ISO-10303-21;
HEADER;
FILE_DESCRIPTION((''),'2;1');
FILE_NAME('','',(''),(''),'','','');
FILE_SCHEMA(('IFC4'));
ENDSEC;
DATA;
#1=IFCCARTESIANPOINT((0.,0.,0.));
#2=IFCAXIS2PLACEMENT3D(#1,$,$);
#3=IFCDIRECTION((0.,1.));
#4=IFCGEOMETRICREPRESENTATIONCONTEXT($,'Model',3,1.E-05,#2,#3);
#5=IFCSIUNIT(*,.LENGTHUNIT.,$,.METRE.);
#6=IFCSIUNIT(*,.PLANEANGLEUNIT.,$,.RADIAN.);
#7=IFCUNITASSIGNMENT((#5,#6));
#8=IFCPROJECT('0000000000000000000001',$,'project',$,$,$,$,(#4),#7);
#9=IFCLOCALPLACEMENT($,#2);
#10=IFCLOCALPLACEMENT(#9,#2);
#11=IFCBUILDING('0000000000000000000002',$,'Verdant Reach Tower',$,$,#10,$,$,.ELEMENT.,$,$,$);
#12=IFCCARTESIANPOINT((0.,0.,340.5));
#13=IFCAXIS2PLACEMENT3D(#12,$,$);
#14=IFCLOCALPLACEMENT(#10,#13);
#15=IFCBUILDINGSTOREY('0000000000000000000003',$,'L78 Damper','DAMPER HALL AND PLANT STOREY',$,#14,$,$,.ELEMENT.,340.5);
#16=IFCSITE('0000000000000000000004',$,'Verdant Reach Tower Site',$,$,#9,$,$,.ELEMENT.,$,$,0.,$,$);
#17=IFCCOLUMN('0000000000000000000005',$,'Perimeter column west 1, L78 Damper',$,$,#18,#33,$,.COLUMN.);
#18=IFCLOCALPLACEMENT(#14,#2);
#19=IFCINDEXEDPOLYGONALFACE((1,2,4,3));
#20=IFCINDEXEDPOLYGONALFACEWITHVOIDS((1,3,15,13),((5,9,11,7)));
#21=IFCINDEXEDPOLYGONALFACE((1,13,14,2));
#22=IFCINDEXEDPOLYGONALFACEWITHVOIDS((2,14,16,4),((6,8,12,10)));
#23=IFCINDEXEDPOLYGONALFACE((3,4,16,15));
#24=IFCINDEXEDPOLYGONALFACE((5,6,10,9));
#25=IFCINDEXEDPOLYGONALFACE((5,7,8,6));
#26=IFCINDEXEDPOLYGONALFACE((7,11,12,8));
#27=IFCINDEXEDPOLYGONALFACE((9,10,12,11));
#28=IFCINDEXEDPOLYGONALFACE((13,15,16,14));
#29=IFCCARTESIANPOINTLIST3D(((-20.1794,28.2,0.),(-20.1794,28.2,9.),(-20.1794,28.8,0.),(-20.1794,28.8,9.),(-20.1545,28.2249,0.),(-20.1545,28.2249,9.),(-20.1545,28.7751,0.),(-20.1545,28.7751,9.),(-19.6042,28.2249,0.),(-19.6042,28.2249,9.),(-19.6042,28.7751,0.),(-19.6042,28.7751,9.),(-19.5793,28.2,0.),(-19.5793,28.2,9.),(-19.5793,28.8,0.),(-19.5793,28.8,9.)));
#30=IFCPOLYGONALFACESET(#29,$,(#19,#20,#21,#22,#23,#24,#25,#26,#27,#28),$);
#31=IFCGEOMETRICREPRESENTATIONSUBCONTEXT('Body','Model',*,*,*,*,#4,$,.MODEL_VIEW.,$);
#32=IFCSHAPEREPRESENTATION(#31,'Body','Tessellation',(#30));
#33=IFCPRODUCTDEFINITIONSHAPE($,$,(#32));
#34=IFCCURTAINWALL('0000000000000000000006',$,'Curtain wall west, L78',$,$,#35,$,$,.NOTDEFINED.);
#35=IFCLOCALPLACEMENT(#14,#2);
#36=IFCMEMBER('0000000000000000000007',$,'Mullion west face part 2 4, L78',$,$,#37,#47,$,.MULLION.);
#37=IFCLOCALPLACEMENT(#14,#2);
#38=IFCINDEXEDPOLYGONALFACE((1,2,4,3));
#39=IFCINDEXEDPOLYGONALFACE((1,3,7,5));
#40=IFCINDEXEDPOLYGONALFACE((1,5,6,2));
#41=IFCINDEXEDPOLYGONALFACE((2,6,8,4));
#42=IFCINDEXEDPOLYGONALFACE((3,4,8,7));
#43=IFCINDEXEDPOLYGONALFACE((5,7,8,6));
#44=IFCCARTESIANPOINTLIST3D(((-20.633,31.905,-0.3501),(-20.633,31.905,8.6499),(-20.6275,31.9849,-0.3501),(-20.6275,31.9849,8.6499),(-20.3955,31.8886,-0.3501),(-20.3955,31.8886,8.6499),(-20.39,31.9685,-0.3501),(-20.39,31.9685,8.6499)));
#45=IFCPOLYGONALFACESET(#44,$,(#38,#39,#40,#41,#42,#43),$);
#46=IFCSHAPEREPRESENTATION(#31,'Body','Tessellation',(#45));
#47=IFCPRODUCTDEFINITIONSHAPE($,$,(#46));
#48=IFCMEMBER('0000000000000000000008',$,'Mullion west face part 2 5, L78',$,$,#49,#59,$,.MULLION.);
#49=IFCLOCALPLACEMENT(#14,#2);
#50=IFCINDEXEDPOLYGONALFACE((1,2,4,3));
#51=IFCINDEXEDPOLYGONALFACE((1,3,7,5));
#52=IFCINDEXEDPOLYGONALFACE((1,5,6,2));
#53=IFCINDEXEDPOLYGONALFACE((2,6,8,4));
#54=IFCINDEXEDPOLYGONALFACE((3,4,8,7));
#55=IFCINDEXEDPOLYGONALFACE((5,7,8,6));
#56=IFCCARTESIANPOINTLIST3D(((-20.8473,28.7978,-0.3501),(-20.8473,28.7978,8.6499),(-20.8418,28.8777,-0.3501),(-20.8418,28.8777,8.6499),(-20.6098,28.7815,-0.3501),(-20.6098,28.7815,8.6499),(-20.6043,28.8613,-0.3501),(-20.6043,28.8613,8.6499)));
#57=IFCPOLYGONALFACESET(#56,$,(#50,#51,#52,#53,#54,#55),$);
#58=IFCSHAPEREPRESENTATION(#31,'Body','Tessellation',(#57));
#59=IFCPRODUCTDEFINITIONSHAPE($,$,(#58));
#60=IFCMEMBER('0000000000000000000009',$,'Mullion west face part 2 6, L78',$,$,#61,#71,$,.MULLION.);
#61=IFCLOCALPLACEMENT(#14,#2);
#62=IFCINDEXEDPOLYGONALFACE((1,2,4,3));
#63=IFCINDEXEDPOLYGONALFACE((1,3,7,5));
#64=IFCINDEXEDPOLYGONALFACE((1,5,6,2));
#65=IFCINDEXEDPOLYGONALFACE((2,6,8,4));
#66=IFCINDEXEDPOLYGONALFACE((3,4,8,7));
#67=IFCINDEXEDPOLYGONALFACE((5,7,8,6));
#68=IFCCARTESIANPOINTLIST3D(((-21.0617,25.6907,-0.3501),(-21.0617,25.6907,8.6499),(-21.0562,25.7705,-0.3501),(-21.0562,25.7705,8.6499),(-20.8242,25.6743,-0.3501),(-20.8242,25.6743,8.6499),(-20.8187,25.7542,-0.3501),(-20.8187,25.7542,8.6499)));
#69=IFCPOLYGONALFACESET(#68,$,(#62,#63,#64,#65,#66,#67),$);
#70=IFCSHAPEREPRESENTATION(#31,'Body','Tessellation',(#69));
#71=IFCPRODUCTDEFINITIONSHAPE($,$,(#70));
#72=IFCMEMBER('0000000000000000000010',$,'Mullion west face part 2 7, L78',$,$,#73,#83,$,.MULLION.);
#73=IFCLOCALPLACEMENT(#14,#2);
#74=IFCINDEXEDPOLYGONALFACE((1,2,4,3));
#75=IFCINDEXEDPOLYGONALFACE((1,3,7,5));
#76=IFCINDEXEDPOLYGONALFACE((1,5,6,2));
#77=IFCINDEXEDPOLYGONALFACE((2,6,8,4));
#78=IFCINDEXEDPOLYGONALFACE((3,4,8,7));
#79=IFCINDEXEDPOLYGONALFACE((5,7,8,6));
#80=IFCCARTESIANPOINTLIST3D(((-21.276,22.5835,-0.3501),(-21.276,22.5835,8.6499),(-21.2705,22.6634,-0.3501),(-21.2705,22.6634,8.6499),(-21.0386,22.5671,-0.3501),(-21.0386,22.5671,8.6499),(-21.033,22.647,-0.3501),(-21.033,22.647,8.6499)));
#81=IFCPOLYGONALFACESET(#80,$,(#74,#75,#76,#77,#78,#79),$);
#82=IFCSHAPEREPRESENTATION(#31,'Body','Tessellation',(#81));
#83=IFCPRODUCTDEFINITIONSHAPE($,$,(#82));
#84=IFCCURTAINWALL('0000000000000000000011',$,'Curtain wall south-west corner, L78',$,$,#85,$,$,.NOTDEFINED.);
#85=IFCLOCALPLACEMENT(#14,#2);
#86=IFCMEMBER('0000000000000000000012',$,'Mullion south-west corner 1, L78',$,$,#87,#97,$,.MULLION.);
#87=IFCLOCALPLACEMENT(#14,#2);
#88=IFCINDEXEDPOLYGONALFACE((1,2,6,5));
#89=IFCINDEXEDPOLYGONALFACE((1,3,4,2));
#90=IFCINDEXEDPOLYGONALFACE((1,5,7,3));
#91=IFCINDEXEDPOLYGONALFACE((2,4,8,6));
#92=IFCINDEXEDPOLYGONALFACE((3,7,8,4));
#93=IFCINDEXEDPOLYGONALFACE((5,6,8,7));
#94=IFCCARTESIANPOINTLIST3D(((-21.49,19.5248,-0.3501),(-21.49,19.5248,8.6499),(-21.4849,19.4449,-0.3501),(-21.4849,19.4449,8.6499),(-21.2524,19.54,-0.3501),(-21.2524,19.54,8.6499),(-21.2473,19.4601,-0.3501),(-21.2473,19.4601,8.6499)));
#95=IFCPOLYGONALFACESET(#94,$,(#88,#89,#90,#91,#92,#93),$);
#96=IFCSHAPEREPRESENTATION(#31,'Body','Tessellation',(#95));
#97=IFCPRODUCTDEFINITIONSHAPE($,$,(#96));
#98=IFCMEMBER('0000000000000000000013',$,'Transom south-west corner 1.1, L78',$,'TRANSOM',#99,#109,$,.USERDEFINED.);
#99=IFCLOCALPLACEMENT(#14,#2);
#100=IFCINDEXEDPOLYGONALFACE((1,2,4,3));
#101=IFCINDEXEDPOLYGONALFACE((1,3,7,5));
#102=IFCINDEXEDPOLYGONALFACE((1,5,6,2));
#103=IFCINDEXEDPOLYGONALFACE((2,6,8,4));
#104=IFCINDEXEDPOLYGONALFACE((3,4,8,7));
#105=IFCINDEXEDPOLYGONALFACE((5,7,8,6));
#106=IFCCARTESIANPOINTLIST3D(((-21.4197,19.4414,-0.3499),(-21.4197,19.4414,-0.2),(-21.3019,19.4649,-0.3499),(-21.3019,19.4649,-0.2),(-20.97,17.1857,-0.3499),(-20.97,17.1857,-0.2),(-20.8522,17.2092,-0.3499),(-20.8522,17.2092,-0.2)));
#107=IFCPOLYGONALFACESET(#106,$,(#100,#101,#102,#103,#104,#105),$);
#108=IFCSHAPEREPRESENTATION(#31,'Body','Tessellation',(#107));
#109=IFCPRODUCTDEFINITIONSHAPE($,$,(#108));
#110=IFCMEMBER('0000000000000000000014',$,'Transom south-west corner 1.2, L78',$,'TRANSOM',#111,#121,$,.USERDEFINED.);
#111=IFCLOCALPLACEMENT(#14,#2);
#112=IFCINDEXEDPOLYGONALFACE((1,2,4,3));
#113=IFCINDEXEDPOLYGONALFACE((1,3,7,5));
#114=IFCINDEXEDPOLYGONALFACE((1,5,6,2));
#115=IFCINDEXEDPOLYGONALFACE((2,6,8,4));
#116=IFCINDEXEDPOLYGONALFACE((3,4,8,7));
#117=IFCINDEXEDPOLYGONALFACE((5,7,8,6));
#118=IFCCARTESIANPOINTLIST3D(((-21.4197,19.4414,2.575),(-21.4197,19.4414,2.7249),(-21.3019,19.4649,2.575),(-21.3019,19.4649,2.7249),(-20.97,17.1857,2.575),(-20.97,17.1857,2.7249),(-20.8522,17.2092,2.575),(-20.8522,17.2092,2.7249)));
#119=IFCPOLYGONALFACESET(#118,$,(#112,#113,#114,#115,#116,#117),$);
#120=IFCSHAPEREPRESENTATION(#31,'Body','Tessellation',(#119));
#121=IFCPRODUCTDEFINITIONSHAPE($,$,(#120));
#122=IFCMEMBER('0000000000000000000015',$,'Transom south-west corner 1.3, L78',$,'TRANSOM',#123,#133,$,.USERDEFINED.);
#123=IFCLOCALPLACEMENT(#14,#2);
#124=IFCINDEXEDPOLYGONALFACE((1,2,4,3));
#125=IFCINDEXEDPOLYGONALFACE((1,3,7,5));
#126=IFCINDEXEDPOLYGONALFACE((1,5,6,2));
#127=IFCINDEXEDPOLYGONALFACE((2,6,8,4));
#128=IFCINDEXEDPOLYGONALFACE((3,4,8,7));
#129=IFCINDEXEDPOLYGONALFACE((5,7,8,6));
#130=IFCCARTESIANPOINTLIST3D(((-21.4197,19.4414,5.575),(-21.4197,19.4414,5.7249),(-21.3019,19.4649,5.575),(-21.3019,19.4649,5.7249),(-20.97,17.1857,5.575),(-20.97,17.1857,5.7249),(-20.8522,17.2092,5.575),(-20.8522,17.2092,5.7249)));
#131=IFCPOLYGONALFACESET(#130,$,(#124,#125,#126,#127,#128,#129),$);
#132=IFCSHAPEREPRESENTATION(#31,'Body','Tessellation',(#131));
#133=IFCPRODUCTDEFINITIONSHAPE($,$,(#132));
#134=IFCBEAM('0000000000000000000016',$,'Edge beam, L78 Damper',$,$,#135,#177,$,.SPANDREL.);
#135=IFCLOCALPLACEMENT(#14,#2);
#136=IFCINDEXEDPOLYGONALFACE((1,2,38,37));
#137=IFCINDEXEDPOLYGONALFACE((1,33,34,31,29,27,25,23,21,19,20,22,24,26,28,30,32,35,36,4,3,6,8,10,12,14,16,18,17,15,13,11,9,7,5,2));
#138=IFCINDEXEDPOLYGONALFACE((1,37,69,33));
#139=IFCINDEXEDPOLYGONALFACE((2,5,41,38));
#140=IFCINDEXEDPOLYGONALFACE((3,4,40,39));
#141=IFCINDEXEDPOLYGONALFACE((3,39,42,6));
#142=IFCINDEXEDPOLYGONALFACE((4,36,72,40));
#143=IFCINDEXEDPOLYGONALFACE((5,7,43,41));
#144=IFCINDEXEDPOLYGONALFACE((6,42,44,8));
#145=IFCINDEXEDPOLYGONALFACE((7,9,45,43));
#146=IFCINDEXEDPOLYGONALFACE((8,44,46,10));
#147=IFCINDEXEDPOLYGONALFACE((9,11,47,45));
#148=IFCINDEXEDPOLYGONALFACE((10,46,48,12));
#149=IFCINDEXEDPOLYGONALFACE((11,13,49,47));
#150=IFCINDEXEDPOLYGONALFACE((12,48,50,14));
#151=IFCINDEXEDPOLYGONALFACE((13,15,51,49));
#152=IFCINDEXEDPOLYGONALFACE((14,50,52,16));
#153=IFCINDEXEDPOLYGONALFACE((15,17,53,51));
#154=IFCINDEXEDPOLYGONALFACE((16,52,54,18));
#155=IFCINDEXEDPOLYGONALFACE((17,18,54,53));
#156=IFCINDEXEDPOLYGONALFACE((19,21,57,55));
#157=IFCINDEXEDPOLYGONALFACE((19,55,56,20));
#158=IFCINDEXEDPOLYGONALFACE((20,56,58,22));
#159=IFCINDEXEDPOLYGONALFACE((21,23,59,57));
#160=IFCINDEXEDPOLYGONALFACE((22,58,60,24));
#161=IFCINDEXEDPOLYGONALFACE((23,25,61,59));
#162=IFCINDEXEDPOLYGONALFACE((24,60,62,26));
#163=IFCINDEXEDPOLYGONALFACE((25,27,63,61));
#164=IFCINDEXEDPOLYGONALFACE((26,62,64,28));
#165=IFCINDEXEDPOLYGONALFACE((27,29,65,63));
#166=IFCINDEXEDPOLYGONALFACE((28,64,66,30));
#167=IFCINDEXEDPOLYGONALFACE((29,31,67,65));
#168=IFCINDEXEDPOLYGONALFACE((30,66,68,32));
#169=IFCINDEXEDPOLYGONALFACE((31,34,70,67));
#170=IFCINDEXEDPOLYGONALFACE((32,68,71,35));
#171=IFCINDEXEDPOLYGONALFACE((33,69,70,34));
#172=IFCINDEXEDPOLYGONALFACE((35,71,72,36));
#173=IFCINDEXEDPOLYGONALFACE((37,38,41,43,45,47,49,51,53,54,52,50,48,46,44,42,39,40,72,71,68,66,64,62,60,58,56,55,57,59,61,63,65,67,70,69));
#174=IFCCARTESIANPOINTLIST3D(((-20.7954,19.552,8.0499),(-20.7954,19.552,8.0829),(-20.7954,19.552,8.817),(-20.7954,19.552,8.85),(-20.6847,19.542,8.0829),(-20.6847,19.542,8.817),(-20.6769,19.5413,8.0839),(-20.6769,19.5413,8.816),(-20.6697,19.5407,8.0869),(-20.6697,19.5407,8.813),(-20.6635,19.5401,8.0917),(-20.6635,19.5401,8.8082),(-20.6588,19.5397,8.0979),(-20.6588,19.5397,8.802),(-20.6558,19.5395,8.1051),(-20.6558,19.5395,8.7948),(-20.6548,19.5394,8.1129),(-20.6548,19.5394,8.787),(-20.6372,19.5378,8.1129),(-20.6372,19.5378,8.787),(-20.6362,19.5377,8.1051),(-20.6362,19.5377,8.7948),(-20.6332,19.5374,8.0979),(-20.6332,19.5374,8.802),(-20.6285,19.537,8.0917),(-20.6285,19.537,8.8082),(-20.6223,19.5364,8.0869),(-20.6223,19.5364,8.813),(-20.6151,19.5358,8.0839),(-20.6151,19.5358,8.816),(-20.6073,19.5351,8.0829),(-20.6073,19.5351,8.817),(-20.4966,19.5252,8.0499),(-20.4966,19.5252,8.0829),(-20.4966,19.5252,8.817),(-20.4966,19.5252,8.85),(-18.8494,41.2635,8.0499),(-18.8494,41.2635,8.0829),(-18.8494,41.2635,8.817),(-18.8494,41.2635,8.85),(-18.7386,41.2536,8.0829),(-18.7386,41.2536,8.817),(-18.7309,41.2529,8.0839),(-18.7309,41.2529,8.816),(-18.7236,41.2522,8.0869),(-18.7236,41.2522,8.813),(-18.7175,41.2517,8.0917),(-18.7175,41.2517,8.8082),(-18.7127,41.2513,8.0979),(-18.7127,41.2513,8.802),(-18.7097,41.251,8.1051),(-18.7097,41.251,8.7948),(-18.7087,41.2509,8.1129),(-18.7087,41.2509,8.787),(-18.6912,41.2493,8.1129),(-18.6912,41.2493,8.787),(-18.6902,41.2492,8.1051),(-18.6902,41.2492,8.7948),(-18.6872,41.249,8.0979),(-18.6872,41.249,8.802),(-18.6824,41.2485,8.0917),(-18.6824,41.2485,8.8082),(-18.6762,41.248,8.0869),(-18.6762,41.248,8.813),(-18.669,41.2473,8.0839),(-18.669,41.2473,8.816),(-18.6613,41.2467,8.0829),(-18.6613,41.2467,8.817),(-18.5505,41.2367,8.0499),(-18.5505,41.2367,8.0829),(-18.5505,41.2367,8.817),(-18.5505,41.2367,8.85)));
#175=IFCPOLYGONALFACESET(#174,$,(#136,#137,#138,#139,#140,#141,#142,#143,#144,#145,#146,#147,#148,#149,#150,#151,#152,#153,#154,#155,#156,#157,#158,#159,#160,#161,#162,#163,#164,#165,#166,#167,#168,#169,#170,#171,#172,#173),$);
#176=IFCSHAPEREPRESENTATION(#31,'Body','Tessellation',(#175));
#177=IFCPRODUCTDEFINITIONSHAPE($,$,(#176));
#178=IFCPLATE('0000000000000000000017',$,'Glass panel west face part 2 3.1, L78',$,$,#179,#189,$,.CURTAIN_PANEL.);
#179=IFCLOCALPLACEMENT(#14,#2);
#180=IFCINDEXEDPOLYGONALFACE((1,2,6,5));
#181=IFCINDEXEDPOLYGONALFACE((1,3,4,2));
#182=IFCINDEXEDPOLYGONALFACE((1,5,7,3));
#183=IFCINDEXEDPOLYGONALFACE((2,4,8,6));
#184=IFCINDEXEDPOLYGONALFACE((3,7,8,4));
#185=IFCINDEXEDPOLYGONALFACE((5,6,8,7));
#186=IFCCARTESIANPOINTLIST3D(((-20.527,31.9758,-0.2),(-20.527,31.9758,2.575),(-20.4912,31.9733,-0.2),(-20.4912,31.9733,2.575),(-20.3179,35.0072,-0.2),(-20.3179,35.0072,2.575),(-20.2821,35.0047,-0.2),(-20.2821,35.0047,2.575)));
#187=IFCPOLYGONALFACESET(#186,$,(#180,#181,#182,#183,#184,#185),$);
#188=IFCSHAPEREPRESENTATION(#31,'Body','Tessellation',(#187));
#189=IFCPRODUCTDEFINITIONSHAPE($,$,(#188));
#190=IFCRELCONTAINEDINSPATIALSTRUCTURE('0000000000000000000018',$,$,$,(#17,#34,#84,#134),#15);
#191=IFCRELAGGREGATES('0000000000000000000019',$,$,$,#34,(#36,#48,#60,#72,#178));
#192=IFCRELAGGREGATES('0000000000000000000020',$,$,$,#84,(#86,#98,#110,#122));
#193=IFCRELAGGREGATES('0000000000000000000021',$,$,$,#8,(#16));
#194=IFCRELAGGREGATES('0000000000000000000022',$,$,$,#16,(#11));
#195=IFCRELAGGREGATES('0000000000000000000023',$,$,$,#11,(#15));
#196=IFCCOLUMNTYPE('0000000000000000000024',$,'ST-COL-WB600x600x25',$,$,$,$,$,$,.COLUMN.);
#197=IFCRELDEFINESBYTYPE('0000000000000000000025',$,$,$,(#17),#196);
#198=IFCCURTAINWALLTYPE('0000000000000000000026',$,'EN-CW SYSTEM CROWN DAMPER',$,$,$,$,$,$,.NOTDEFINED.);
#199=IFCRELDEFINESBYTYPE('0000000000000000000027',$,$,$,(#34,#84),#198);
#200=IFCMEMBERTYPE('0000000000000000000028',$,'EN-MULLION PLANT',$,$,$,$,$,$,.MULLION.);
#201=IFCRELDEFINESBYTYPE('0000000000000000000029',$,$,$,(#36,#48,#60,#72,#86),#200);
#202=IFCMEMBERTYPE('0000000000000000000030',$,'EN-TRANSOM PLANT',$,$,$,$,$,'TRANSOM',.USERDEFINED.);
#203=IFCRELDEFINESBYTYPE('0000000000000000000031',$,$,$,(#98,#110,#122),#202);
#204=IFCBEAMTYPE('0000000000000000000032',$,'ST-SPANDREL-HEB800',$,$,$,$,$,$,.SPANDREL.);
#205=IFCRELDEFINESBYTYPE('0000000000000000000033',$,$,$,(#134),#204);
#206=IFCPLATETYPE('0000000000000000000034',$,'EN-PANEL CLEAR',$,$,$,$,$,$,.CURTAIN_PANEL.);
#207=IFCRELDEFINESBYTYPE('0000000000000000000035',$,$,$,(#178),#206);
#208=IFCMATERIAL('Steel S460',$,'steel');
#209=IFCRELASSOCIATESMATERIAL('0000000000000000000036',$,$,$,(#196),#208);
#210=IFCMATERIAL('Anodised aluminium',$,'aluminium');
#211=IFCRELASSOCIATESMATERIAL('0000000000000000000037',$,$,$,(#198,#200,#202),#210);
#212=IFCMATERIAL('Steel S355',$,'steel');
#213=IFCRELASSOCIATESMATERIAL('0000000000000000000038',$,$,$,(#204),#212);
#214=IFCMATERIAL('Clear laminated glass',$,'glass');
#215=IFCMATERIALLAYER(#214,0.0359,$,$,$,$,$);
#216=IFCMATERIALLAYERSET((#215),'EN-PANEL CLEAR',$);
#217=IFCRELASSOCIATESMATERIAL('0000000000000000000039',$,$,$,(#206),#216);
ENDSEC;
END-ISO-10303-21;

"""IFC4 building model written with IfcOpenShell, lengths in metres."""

from ifc_helpers import new_model, si_unit, direction, frame, origin, origin_2d, place, context, subcontext, project, spatial, rectangle, hollow_rectangle, i_section, extrude, material, layer, layer_set, material_profile, profile_set, type_object, element, aggregate, save


model = new_model("IFC4")

# Units and contexts
model_context = context("Model", 3, precision=1e-05, world=origin(), true_north=direction((0.0, 1.0)))
body_context = subcontext(model_context, "Body", "Model", "MODEL_VIEW")
ifc_project = project(units=[si_unit("LENGTHUNIT", "METRE"), si_unit("PLANEANGLEUNIT", "RADIAN")], contexts=[model_context])

# Site, building, storey
site_placement = place(None, origin())
site = spatial("IfcSite", under=ifc_project, at=site_placement, Name="Verdant Reach Tower Site", CompositionType="ELEMENT", RefElevation=0.0)
building_placement = place(site_placement, origin())
building = spatial("IfcBuilding", under=site, at=building_placement, Name="Verdant Reach Tower", CompositionType="ELEMENT")
storey_placement = place(building_placement, frame((0.0, 0.0, 340.5)))
storey = spatial("IfcBuildingStorey", under=building, at=storey_placement, Name="L78 Damper", Description="DAMPER HALL AND PLANT STOREY", CompositionType="ELEMENT", Elevation=340.5)

# Column
ifc_material_1 = material(Name="Steel S460", Category="steel")
ifc_material_profile_1 = material_profile(ifc_material_1, hollow_rectangle(XDim=0.6001, YDim=0.6001, WallThickness=0.0249, at=origin_2d()), Name="WB 600x600x25")
ifc_profile_set_1 = profile_set([ifc_material_profile_1], Name="Steel S460")
column_type = type_object("IfcColumnType", Name="ST-COL-WB600x600x25", PredefinedType="COLUMN", material=ifc_profile_set_1)
column_placement = place(storey_placement, frame((-19.8794, 28.5, 0.0), z_axis=(0.0, 0.0, 1.0), x_axis=(1.0, 0.0, 0.0)))
element("IfcColumn", 1, at=column_placement, inside=storey, type_object=column_type, Name="Perimeter column west 1, L78 Damper", PredefinedType="COLUMN", context=body_context, shape_type="SweptSolid", body=[
    extrude(hollow_rectangle(XDim=0.6001, YDim=0.6001, WallThickness=0.0249, at=origin_2d()), origin(), (0.0, 0.0, 1.0), 9.0),
])

# Curtain walls, members
ifc_material_2 = material(Name="Anodised aluminium", Category="aluminium")
curtain_wall_type = type_object("IfcCurtainWallType", Name="EN-CW SYSTEM CROWN DAMPER", PredefinedType="NOTDEFINED", material=ifc_material_2)
curtain_wall_1_placement = place(storey_placement, origin())
curtain_wall_1 = element("IfcCurtainWall", 2, at=curtain_wall_1_placement, inside=storey, type_object=curtain_wall_type, Name="Curtain wall west, L78", PredefinedType="NOTDEFINED")
ifc_material_profile_2 = material_profile(ifc_material_2, rectangle(XDim=0.238, YDim=0.0801, at=origin_2d()), Name="Mullion 80x240")
ifc_profile_set_2 = profile_set([ifc_material_profile_2], Name="Anodised aluminium")
member_type_1 = type_object("IfcMemberType", Name="EN-MULLION PLANT", PredefinedType="MULLION", material=ifc_profile_set_2)
member_1_placement = place(storey_placement, frame((-20.5115, 31.9368, -0.3501), z_axis=(0.0, 0.0, 1.0), x_axis=(-0.99763, 0.068802, 0.0)))
member_1 = element("IfcMember", 3, at=member_1_placement, type_object=member_type_1, Name="Mullion west face part 2 4, L78", PredefinedType="MULLION", context=body_context, shape_type="SweptSolid", body=[
    extrude(rectangle(XDim=0.238, YDim=0.0801, at=origin_2d()), origin(), (0.0, 0.0, 1.0), 9.0),
])
member_2_placement = place(storey_placement, frame((-20.7258, 28.8296, -0.3501), z_axis=(0.0, 0.0, 1.0), x_axis=(-0.99763, 0.068802, 0.0)))
member_2 = element("IfcMember", 4, at=member_2_placement, type_object=member_type_1, Name="Mullion west face part 2 5, L78", PredefinedType="MULLION", context=body_context, shape_type="SweptSolid", body=[
    extrude(rectangle(XDim=0.238, YDim=0.0801, at=origin_2d()), origin(), (0.0, 0.0, 1.0), 9.0),
])
member_3_placement = place(storey_placement, frame((-20.9402, 25.7224, -0.3501), z_axis=(0.0, 0.0, 1.0), x_axis=(-0.99763, 0.068802, 0.0)))
member_3 = element("IfcMember", 5, at=member_3_placement, type_object=member_type_1, Name="Mullion west face part 2 6, L78", PredefinedType="MULLION", context=body_context, shape_type="SweptSolid", body=[
    extrude(rectangle(XDim=0.238, YDim=0.0801, at=origin_2d()), origin(), (0.0, 0.0, 1.0), 9.0),
])
member_4_placement = place(storey_placement, frame((-21.1545, 22.6152, -0.3501), z_axis=(0.0, 0.0, 1.0), x_axis=(-0.99763, 0.068802, 0.0)))
member_4 = element("IfcMember", 6, at=member_4_placement, type_object=member_type_1, Name="Mullion west face part 2 7, L78", PredefinedType="MULLION", context=body_context, shape_type="SweptSolid", body=[
    extrude(rectangle(XDim=0.238, YDim=0.0801, at=origin_2d()), origin(), (0.0, 0.0, 1.0), 9.0),
])
curtain_wall_2_placement = place(storey_placement, origin())
curtain_wall_2 = element("IfcCurtainWall", 7, at=curtain_wall_2_placement, inside=storey, type_object=curtain_wall_type, Name="Curtain wall south-west corner, L78", PredefinedType="NOTDEFINED")
member_5_placement = place(storey_placement, frame((-21.3687, 19.4924, -0.3501), z_axis=(0.0, 0.0, 1.0), x_axis=(-0.997969, -0.063699, 0.0)))
member_5 = element("IfcMember", 8, at=member_5_placement, type_object=member_type_1, Name="Mullion south-west corner 1, L78", PredefinedType="MULLION", context=body_context, shape_type="SweptSolid", body=[
    extrude(rectangle(XDim=0.238, YDim=0.0801, at=origin_2d()), origin(), (0.0, 0.0, 1.0), 9.0),
])
ifc_material_profile_3 = material_profile(ifc_material_2, rectangle(XDim=0.1201, YDim=0.1499, at=origin_2d()), Name="Transom 150x120")
ifc_profile_set_3 = profile_set([ifc_material_profile_3], Name="Anodised aluminium")
member_type_2 = type_object("IfcMemberType", Name="EN-TRANSOM PLANT", ElementType="TRANSOM", PredefinedType="USERDEFINED", material=ifc_profile_set_3)
member_6_placement = place(storey_placement, frame((-21.3608, 19.4531, -0.2749), z_axis=(0.195524, -0.980699, 0.0), x_axis=(0.980699, 0.195524, 0.0)))
member_6 = element("IfcMember", 9, at=member_6_placement, type_object=member_type_2, Name="Transom south-west corner 1.1, L78", ObjectType="TRANSOM", PredefinedType="USERDEFINED", context=body_context, shape_type="SweptSolid", body=[
    extrude(rectangle(XDim=0.1201, YDim=0.1499, at=origin_2d()), origin(), (0.0, 0.0, 1.0), 2.3),
])
member_7_placement = place(storey_placement, frame((-21.3608, 19.4531, 2.6499), z_axis=(0.195524, -0.980699, 0.0), x_axis=(0.980699, 0.195524, 0.0)))
member_7 = element("IfcMember", 10, at=member_7_placement, type_object=member_type_2, Name="Transom south-west corner 1.2, L78", ObjectType="TRANSOM", PredefinedType="USERDEFINED", context=body_context, shape_type="SweptSolid", body=[
    extrude(rectangle(XDim=0.1201, YDim=0.1499, at=origin_2d()), origin(), (0.0, 0.0, 1.0), 2.3),
])
member_8_placement = place(storey_placement, frame((-21.3608, 19.4531, 5.6499), z_axis=(0.195524, -0.980699, 0.0), x_axis=(0.980699, 0.195524, 0.0)))
member_8 = element("IfcMember", 11, at=member_8_placement, type_object=member_type_2, Name="Transom south-west corner 1.3, L78", ObjectType="TRANSOM", PredefinedType="USERDEFINED", context=body_context, shape_type="SweptSolid", body=[
    extrude(rectangle(XDim=0.1201, YDim=0.1499, at=origin_2d()), origin(), (0.0, 0.0, 1.0), 2.3),
])

# Beam
ifc_material_3 = material(Name="Steel S355", Category="steel")
ifc_material_profile_4 = material_profile(ifc_material_3, i_section(OverallWidth=0.3, OverallDepth=0.8, WebThickness=0.0176, FlangeThickness=0.033, FilletRadius=0.03, at=origin_2d()), Name="HEB 800")
ifc_profile_set_4 = profile_set([ifc_material_profile_4], Name="Steel S355")
beam_type = type_object("IfcBeamType", Name="ST-SPANDREL-HEB800", PredefinedType="SPANDREL", material=ifc_profile_set_4)
beam_placement = place(storey_placement, frame((-20.646, 19.5386, 8.45), z_axis=(0.089274, 0.996007, 0.0), x_axis=(-0.996007, 0.089274, 0.0)))
element("IfcBeam", 12, at=beam_placement, inside=storey, type_object=beam_type, Name="Edge beam, L78 Damper", PredefinedType="SPANDREL", context=body_context, shape_type="SweptSolid", body=[
    extrude(i_section(OverallWidth=0.3, OverallDepth=0.8, WebThickness=0.0176, FlangeThickness=0.033, FilletRadius=0.03, at=origin_2d()), origin(), (0.0, 0.0, 1.0), 21.7986),
])

# Plate
ifc_material_4 = material(Name="Clear laminated glass", Category="glass")
ifc_layer_1 = layer(ifc_material_4, 0.0359)
ifc_layer_set_1 = layer_set([ifc_layer_1], Name="EN-PANEL CLEAR")
plate_type = type_object("IfcPlateType", Name="EN-PANEL CLEAR", PredefinedType="CURTAIN_PANEL", material=ifc_layer_set_1)
plate_1_placement = place(storey_placement, frame((-20.4045, 33.4902, -0.2), z_axis=(0.0, 0.0, 1.0), x_axis=(-0.068802, -0.99763, 0.0)))
plate_1 = element("IfcPlate", 13, at=plate_1_placement, type_object=plate_type, Name="Glass panel west face part 2 3.1, L78", PredefinedType="CURTAIN_PANEL", context=body_context, shape_type="SweptSolid", body=[
    extrude(rectangle(XDim=3.0386, YDim=0.0359, at=origin_2d()), origin(), (0.0, 0.0, 1.0), 2.7749),
])
aggregate(curtain_wall_1, [member_1, member_2, member_3, member_4, plate_1])
aggregate(curtain_wall_2, [member_5, member_6, member_7, member_8])

save(model, "model.ifc")
